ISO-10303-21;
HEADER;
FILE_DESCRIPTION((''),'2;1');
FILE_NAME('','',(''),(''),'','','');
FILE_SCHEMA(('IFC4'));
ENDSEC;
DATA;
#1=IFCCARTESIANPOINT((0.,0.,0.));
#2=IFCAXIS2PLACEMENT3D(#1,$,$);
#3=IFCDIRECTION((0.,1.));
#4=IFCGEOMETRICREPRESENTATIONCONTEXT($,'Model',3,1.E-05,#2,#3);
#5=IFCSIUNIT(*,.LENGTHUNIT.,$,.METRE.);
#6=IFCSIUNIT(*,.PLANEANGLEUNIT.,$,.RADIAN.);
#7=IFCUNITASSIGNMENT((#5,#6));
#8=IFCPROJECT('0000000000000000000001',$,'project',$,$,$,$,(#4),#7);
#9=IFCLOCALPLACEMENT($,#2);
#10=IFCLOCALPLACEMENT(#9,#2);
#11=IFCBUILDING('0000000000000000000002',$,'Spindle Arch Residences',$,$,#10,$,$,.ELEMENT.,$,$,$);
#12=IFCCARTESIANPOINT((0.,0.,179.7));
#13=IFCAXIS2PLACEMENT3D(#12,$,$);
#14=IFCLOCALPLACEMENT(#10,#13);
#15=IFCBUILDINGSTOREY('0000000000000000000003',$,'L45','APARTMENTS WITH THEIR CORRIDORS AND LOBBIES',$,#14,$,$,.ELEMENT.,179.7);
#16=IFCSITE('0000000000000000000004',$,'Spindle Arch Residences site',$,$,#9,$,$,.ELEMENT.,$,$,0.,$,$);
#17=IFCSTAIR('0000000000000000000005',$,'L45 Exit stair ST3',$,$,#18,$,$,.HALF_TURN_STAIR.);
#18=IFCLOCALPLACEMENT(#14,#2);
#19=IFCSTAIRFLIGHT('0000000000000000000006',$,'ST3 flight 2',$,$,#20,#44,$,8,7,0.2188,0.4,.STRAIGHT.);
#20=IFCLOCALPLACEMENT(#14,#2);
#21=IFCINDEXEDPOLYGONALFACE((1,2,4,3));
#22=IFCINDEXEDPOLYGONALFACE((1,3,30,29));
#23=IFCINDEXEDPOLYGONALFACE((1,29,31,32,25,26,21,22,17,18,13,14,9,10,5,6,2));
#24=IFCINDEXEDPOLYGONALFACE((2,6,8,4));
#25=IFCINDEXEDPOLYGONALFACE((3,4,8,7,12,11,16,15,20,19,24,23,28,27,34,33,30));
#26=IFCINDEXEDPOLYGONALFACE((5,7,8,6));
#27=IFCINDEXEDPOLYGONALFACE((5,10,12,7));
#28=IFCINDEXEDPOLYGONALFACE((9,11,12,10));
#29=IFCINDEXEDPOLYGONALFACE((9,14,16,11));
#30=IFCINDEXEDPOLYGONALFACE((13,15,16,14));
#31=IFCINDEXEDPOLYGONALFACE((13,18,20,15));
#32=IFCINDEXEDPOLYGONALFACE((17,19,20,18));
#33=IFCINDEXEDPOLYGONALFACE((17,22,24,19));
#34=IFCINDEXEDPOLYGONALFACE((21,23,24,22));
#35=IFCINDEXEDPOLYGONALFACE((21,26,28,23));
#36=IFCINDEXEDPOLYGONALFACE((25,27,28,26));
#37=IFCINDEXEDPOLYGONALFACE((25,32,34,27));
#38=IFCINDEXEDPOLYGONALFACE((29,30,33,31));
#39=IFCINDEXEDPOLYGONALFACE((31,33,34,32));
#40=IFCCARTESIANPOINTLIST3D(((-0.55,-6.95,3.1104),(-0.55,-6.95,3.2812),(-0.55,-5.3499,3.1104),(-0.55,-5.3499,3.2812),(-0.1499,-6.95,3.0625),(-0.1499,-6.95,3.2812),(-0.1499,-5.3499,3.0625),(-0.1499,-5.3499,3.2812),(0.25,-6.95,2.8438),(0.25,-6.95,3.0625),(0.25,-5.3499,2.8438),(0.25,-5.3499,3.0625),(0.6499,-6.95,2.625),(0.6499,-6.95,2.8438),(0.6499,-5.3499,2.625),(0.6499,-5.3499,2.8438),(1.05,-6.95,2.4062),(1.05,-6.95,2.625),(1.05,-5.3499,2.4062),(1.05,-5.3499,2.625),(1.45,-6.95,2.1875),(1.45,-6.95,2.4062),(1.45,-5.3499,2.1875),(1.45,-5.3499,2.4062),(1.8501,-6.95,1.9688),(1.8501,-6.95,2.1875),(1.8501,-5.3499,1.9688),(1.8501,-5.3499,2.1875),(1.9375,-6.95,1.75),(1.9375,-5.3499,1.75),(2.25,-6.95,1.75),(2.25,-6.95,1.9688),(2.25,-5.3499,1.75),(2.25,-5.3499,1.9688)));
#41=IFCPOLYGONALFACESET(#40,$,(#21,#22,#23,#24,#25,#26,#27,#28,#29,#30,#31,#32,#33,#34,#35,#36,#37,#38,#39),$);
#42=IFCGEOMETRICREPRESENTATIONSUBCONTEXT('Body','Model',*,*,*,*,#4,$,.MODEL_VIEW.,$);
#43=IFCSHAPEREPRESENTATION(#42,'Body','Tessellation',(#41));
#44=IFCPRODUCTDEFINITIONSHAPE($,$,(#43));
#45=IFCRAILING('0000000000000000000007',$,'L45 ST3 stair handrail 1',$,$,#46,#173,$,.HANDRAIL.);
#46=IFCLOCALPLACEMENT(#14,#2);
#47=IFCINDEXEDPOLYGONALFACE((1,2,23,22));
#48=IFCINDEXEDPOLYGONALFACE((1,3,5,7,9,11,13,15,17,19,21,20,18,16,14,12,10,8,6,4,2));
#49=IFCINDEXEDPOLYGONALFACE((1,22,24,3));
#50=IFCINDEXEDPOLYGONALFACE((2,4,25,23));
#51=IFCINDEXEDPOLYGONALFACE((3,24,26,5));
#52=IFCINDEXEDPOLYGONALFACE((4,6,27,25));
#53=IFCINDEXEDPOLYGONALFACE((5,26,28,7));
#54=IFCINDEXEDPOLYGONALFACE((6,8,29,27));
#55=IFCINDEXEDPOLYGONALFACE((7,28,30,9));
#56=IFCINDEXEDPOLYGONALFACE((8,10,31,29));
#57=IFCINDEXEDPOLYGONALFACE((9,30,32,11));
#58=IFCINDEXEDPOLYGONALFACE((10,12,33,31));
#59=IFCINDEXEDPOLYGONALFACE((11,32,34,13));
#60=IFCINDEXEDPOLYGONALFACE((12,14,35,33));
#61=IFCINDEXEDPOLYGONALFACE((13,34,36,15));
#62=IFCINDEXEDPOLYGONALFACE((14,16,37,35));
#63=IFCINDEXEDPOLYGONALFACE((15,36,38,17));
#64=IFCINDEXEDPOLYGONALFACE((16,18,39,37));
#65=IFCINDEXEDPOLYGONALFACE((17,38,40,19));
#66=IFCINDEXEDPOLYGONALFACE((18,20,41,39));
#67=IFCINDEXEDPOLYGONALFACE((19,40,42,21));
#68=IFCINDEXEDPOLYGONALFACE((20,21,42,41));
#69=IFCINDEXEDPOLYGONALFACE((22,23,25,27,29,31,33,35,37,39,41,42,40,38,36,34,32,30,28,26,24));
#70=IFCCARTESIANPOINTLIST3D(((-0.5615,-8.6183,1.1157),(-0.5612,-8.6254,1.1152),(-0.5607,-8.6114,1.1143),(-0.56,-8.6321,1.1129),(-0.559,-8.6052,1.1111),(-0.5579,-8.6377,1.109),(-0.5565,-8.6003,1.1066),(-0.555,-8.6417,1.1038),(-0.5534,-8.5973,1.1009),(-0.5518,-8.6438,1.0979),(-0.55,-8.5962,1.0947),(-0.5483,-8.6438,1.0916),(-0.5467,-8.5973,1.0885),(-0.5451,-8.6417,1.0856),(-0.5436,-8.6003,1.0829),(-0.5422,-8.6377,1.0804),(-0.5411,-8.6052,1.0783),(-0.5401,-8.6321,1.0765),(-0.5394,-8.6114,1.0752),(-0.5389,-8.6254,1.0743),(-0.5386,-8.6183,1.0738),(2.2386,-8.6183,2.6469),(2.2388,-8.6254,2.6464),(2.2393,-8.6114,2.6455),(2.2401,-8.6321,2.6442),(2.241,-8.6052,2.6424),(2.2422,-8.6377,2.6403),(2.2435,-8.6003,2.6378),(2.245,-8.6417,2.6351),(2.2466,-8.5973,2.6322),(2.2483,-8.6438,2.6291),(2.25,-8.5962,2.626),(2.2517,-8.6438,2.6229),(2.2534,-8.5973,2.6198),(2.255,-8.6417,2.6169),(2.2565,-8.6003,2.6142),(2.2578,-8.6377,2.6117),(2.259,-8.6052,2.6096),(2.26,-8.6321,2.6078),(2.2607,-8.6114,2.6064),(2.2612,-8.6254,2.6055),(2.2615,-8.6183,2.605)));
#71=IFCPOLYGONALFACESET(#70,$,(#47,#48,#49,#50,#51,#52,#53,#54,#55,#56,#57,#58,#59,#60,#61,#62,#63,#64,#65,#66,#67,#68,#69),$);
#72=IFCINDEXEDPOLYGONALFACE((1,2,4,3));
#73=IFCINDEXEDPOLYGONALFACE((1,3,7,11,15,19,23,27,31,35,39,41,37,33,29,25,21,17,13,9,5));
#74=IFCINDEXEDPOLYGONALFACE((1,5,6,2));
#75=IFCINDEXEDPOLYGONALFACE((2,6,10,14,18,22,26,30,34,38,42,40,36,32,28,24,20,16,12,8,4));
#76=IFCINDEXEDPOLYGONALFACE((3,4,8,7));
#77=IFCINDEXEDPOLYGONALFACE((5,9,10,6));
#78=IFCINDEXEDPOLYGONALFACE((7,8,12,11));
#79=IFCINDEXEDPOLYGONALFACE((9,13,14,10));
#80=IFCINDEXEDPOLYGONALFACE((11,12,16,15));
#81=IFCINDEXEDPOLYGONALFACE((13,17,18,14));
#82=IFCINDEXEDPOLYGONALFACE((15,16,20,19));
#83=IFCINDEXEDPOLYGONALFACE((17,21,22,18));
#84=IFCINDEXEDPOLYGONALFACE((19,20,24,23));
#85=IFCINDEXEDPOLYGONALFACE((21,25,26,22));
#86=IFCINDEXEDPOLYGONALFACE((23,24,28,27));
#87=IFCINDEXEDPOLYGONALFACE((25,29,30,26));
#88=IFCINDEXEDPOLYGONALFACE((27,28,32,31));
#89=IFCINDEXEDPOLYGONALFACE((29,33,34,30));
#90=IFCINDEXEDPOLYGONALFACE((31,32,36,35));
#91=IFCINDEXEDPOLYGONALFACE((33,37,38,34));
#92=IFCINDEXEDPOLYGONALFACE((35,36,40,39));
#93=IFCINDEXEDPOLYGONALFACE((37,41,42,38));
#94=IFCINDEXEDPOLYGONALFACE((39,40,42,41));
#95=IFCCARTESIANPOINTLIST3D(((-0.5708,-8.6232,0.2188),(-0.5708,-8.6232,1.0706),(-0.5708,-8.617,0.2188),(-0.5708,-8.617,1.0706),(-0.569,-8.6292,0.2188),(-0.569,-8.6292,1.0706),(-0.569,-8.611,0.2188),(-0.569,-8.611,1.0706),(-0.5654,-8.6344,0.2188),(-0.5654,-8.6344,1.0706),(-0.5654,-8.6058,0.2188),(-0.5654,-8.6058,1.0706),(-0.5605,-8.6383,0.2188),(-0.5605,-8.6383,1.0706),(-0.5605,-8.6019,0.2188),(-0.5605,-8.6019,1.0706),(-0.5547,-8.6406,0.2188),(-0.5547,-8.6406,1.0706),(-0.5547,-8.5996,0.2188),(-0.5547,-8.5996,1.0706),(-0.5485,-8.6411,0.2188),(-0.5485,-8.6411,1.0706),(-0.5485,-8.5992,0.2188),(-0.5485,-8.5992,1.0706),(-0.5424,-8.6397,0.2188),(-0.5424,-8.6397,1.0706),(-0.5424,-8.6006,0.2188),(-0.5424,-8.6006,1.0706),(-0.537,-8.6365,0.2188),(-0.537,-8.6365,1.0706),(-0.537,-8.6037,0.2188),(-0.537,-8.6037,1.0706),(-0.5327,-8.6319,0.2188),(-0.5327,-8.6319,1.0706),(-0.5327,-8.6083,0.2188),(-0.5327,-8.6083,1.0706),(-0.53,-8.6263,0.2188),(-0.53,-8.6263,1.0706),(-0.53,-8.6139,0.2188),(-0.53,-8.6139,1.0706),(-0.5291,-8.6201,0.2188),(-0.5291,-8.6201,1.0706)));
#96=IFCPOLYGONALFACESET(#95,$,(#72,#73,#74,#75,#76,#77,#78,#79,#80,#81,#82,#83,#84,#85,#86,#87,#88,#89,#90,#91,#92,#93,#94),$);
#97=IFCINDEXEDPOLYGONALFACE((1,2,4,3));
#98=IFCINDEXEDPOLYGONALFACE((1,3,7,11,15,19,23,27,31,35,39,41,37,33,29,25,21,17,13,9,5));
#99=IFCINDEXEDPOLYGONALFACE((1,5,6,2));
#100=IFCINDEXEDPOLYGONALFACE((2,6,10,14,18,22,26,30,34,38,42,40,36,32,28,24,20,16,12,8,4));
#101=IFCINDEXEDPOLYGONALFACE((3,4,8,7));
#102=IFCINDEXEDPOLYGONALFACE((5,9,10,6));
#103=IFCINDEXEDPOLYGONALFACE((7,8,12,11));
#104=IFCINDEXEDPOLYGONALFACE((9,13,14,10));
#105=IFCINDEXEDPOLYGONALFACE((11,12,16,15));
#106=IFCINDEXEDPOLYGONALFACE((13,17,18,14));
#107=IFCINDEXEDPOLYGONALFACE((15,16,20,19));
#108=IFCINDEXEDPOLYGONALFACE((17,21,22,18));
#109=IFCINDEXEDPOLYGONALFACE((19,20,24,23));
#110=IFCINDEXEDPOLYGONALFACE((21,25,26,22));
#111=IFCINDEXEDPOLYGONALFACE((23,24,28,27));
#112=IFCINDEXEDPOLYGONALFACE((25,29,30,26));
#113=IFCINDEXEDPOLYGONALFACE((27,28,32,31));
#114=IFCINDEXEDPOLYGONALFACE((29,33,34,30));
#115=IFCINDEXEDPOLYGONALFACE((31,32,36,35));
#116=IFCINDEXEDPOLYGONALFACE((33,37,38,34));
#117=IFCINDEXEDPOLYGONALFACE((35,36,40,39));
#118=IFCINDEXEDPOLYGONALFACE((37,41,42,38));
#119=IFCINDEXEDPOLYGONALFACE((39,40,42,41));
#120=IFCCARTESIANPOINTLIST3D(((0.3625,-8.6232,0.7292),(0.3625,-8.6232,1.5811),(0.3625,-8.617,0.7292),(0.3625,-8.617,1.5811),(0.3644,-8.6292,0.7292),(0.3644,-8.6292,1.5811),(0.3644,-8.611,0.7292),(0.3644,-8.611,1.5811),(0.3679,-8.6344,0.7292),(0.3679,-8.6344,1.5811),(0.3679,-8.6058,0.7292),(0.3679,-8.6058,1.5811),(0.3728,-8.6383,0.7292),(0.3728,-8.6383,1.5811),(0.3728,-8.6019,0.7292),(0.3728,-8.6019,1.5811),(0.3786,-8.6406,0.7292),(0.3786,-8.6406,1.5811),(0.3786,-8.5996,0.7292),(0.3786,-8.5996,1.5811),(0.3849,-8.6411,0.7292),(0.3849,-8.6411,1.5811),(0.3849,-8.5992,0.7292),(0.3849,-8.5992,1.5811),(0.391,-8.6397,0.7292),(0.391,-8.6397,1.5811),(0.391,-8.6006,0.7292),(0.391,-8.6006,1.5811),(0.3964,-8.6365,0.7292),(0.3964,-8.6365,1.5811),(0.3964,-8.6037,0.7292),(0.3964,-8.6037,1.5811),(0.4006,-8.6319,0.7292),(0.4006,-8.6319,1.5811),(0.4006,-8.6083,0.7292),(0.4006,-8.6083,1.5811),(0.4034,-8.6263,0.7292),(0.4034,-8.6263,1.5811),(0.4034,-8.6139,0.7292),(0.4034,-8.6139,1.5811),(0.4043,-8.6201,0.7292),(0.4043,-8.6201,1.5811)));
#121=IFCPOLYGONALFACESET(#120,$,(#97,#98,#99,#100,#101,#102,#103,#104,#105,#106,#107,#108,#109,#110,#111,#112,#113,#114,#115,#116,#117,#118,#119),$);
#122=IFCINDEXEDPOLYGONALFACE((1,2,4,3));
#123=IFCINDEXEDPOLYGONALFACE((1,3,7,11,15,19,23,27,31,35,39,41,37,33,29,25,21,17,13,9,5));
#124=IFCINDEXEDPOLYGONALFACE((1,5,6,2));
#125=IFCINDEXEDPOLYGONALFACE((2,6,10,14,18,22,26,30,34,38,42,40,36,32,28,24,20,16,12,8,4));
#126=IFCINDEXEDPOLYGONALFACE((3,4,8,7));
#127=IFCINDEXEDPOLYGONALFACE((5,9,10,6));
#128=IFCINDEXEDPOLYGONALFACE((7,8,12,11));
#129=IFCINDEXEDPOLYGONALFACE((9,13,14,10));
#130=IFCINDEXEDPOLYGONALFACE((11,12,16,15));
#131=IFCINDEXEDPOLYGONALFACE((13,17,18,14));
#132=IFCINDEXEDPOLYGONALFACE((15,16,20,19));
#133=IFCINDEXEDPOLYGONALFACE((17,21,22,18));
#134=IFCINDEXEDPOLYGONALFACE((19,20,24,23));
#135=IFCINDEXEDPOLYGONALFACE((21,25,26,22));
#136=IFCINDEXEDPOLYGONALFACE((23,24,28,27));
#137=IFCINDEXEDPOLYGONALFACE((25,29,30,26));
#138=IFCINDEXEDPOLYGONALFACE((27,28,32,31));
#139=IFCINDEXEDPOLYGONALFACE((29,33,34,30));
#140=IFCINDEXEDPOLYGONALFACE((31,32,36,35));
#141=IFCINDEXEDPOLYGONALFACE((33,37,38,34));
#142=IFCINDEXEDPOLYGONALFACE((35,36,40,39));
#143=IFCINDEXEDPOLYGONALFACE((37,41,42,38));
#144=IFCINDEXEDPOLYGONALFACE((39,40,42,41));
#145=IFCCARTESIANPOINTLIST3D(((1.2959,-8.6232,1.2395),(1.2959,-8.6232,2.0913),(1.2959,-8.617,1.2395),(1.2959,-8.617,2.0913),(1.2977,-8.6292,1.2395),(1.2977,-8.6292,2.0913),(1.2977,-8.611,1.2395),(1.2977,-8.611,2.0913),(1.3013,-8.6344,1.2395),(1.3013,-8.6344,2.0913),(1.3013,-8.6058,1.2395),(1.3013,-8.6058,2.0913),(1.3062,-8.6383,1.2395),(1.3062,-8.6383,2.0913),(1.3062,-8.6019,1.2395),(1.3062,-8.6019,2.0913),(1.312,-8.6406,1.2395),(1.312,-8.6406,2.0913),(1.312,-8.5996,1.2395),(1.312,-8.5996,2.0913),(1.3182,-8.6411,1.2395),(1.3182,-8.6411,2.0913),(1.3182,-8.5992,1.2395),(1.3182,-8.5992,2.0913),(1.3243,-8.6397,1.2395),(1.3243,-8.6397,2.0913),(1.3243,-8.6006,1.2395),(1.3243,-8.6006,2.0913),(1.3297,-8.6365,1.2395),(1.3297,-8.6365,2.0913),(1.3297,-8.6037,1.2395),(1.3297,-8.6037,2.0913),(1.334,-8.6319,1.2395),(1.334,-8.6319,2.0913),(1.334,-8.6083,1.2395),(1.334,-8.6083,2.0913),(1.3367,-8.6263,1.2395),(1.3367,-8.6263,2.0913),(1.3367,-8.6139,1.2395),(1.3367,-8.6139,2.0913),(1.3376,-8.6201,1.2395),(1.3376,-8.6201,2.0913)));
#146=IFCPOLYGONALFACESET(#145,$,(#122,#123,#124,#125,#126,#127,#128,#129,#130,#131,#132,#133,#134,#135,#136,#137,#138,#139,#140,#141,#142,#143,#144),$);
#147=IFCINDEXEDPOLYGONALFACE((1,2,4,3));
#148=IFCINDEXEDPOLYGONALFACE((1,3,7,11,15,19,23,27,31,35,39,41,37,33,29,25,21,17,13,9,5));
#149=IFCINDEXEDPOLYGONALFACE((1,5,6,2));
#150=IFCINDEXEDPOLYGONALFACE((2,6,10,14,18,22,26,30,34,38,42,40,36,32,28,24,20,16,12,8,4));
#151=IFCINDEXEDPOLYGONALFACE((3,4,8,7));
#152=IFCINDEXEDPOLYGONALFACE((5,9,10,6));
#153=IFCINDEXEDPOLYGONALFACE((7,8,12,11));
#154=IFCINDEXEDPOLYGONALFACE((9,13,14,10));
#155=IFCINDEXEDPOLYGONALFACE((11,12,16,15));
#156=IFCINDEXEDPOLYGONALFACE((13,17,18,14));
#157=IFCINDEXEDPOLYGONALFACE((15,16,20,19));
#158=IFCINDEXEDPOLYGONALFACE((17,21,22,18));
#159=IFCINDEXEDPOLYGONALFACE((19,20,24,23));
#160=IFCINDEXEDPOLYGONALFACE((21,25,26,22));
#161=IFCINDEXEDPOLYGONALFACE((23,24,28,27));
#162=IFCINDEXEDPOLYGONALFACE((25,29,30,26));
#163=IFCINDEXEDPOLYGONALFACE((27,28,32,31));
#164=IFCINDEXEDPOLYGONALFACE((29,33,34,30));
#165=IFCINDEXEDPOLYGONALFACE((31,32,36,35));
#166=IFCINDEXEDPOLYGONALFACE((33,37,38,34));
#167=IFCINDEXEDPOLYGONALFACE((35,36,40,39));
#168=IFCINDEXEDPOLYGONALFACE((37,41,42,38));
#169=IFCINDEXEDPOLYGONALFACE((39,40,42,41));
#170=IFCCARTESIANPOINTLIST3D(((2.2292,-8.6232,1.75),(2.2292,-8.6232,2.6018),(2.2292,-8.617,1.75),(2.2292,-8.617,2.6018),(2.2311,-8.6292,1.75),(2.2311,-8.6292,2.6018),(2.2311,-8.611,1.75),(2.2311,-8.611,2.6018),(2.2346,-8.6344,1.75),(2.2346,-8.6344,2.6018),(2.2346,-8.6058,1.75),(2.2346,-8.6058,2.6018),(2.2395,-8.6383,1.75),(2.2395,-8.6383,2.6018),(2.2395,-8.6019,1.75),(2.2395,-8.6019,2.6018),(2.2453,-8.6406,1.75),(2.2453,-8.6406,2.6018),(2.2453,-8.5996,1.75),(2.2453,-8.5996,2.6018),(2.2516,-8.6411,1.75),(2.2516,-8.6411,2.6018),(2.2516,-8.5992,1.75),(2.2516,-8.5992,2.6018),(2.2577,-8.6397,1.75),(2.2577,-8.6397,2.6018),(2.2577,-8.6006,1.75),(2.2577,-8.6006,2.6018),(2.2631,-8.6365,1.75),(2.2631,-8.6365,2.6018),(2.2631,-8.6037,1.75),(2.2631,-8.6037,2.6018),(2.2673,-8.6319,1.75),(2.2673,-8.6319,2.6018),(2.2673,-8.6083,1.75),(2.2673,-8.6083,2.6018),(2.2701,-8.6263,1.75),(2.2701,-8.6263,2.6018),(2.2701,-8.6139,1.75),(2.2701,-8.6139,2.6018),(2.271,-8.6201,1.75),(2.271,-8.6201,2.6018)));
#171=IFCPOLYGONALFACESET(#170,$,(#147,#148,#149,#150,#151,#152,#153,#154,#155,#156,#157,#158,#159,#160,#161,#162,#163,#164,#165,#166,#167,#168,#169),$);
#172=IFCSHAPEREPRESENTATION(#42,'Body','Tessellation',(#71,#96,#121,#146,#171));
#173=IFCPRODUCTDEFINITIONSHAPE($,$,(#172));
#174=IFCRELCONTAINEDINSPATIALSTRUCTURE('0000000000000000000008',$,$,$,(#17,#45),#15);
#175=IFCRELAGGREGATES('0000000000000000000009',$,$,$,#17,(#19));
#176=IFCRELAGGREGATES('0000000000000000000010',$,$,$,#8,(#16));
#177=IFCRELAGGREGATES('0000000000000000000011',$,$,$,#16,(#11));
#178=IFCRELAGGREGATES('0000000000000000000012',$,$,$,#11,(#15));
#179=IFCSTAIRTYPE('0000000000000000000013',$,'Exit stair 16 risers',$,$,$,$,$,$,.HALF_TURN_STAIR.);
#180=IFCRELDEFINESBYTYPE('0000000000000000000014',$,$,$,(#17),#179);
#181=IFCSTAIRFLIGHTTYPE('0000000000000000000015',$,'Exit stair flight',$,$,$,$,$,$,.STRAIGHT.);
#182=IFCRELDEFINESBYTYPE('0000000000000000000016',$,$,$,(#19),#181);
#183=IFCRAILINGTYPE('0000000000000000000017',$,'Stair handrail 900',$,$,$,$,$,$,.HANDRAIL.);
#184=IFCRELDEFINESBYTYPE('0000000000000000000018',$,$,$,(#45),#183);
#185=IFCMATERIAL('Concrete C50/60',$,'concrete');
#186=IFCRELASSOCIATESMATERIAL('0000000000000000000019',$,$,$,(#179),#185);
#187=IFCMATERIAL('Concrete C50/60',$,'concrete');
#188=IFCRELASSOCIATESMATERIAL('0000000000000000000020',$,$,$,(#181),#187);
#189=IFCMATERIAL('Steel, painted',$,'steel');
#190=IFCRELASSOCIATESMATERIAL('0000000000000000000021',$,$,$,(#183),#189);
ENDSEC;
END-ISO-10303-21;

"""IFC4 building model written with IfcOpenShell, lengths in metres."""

from ifc_helpers import new_model, si_unit, direction, frame, origin, origin_2d, place, context, subcontext, project, spatial, polyline, circle, outline, extrude, material, type_object, element, aggregate, save


model = new_model("IFC4")

# Units and contexts
model_context = context("Model", 3, precision=1e-05, world=origin(), true_north=direction((0.0, 1.0)))
body_context = subcontext(model_context, "Body", "Model", "MODEL_VIEW")
ifc_project = project(units=[si_unit("LENGTHUNIT", "METRE"), si_unit("PLANEANGLEUNIT", "RADIAN")], contexts=[model_context])

# Site, building, storey
site_placement = place(None, origin())
site = spatial("IfcSite", under=ifc_project, at=site_placement, Name="Spindle Arch Residences site", CompositionType="ELEMENT", RefElevation=0.0)
building_placement = place(site_placement, origin())
building = spatial("IfcBuilding", under=site, at=building_placement, Name="Spindle Arch Residences", CompositionType="ELEMENT")
storey_placement = place(building_placement, frame((0.0, 0.0, 179.7)))
storey = spatial("IfcBuildingStorey", under=building, at=storey_placement, Name="L45", Description="APARTMENTS WITH THEIR CORRIDORS AND LOBBIES", CompositionType="ELEMENT", Elevation=179.7)

# Shared definitions
ifc_material_1 = material(Name="Concrete C50/60", Category="concrete")
stair_type = type_object("IfcStairType", Name="Exit stair 16 risers", PredefinedType="HALF_TURN_STAIR", material=ifc_material_1)

# Stair, stair flight
stair_1_placement = place(storey_placement, origin())
stair_1 = element("IfcStair", 1, at=stair_1_placement, inside=storey, type_object=stair_type, Name="L45 Exit stair ST3", PredefinedType="HALF_TURN_STAIR")
ifc_material_2 = material(Name="Concrete C50/60", Category="concrete")
stair_flight_type = type_object("IfcStairFlightType", Name="Exit stair flight", PredefinedType="STRAIGHT", material=ifc_material_2)
stair_flight_1_placement = place(storey_placement, frame((2.25, -6.1499, 1.75), z_axis=(0.0, 0.0, 1.0), x_axis=(-1.0, 0.0, 0.0)))
stair_flight_1 = element("IfcStairFlight", 2, at=stair_flight_1_placement, type_object=stair_flight_type, Name="ST3 flight 2", NumberOfRisers=8, NumberOfTreads=7, PredefinedType="STRAIGHT", RiserHeight=0.2188, TreadLength=0.4, context=body_context, shape_type="SweptSolid", body=[
    extrude(outline(polyline([(0.0, 0.0), (0.0, 0.2188), (0.3999, 0.2188), (0.3999, 0.4375), (0.8, 0.4375), (0.8, 0.6562), (1.2, 0.6562), (1.2, 0.875), (1.6001, 0.875), (1.6001, 1.0938), (2.0, 1.0938), (2.0, 1.3125), (2.3999, 1.3125), (2.3999, 1.5312), (2.8, 1.5312), (2.8, 1.75), (2.8, 1.3604), (0.3125, 0.0), (0.0, 0.0)])), frame((0.0, 0.8, 0.0), z_axis=(0.0, -1.0, 0.0), x_axis=(1.0, 0.0, 0.0)), (0.0, 0.0, 1.0), 1.6001),
])
aggregate(stair_1, [stair_flight_1])

# Railing
ifc_material_3 = material(Name="Steel, painted", Category="steel")
railing_type_1 = type_object("IfcRailingType", Name="Stair handrail 900", PredefinedType="HANDRAIL", material=ifc_material_3)
railing_1_placement = place(storey_placement, frame((-0.55, -8.6201, 0.2188)))
element("IfcRailing", 3, at=railing_1_placement, inside=storey, type_object=railing_type_1, Name="L45 ST3 stair handrail 1", PredefinedType="HANDRAIL", context=body_context, shape_type="SweptSolid", body=[
    extrude(circle(Radius=0.0239, at=origin_2d()), frame((0.0, 0.0, 0.876), z_axis=(0.877375, 0.0, 0.479806), x_axis=(0.0, 1.0, 0.0)), (0.0, 0.0, 1.0), 3.1914),
    extrude(circle(Radius=0.021, at=origin_2d()), origin(), (0.0, 0.0, 1.0), 0.8518),
    extrude(circle(Radius=0.021, at=origin_2d()), frame((0.9333, 0.0, 0.5105)), (0.0, 0.0, 1.0), 0.8518),
    extrude(circle(Radius=0.021, at=origin_2d()), frame((1.8667, 0.0, 1.0208)), (0.0, 0.0, 1.0), 0.8518),
    extrude(circle(Radius=0.021, at=origin_2d()), frame((2.8, 0.0, 1.5312)), (0.0, 0.0, 1.0), 0.8518),
])

save(model, "model.ifc")
